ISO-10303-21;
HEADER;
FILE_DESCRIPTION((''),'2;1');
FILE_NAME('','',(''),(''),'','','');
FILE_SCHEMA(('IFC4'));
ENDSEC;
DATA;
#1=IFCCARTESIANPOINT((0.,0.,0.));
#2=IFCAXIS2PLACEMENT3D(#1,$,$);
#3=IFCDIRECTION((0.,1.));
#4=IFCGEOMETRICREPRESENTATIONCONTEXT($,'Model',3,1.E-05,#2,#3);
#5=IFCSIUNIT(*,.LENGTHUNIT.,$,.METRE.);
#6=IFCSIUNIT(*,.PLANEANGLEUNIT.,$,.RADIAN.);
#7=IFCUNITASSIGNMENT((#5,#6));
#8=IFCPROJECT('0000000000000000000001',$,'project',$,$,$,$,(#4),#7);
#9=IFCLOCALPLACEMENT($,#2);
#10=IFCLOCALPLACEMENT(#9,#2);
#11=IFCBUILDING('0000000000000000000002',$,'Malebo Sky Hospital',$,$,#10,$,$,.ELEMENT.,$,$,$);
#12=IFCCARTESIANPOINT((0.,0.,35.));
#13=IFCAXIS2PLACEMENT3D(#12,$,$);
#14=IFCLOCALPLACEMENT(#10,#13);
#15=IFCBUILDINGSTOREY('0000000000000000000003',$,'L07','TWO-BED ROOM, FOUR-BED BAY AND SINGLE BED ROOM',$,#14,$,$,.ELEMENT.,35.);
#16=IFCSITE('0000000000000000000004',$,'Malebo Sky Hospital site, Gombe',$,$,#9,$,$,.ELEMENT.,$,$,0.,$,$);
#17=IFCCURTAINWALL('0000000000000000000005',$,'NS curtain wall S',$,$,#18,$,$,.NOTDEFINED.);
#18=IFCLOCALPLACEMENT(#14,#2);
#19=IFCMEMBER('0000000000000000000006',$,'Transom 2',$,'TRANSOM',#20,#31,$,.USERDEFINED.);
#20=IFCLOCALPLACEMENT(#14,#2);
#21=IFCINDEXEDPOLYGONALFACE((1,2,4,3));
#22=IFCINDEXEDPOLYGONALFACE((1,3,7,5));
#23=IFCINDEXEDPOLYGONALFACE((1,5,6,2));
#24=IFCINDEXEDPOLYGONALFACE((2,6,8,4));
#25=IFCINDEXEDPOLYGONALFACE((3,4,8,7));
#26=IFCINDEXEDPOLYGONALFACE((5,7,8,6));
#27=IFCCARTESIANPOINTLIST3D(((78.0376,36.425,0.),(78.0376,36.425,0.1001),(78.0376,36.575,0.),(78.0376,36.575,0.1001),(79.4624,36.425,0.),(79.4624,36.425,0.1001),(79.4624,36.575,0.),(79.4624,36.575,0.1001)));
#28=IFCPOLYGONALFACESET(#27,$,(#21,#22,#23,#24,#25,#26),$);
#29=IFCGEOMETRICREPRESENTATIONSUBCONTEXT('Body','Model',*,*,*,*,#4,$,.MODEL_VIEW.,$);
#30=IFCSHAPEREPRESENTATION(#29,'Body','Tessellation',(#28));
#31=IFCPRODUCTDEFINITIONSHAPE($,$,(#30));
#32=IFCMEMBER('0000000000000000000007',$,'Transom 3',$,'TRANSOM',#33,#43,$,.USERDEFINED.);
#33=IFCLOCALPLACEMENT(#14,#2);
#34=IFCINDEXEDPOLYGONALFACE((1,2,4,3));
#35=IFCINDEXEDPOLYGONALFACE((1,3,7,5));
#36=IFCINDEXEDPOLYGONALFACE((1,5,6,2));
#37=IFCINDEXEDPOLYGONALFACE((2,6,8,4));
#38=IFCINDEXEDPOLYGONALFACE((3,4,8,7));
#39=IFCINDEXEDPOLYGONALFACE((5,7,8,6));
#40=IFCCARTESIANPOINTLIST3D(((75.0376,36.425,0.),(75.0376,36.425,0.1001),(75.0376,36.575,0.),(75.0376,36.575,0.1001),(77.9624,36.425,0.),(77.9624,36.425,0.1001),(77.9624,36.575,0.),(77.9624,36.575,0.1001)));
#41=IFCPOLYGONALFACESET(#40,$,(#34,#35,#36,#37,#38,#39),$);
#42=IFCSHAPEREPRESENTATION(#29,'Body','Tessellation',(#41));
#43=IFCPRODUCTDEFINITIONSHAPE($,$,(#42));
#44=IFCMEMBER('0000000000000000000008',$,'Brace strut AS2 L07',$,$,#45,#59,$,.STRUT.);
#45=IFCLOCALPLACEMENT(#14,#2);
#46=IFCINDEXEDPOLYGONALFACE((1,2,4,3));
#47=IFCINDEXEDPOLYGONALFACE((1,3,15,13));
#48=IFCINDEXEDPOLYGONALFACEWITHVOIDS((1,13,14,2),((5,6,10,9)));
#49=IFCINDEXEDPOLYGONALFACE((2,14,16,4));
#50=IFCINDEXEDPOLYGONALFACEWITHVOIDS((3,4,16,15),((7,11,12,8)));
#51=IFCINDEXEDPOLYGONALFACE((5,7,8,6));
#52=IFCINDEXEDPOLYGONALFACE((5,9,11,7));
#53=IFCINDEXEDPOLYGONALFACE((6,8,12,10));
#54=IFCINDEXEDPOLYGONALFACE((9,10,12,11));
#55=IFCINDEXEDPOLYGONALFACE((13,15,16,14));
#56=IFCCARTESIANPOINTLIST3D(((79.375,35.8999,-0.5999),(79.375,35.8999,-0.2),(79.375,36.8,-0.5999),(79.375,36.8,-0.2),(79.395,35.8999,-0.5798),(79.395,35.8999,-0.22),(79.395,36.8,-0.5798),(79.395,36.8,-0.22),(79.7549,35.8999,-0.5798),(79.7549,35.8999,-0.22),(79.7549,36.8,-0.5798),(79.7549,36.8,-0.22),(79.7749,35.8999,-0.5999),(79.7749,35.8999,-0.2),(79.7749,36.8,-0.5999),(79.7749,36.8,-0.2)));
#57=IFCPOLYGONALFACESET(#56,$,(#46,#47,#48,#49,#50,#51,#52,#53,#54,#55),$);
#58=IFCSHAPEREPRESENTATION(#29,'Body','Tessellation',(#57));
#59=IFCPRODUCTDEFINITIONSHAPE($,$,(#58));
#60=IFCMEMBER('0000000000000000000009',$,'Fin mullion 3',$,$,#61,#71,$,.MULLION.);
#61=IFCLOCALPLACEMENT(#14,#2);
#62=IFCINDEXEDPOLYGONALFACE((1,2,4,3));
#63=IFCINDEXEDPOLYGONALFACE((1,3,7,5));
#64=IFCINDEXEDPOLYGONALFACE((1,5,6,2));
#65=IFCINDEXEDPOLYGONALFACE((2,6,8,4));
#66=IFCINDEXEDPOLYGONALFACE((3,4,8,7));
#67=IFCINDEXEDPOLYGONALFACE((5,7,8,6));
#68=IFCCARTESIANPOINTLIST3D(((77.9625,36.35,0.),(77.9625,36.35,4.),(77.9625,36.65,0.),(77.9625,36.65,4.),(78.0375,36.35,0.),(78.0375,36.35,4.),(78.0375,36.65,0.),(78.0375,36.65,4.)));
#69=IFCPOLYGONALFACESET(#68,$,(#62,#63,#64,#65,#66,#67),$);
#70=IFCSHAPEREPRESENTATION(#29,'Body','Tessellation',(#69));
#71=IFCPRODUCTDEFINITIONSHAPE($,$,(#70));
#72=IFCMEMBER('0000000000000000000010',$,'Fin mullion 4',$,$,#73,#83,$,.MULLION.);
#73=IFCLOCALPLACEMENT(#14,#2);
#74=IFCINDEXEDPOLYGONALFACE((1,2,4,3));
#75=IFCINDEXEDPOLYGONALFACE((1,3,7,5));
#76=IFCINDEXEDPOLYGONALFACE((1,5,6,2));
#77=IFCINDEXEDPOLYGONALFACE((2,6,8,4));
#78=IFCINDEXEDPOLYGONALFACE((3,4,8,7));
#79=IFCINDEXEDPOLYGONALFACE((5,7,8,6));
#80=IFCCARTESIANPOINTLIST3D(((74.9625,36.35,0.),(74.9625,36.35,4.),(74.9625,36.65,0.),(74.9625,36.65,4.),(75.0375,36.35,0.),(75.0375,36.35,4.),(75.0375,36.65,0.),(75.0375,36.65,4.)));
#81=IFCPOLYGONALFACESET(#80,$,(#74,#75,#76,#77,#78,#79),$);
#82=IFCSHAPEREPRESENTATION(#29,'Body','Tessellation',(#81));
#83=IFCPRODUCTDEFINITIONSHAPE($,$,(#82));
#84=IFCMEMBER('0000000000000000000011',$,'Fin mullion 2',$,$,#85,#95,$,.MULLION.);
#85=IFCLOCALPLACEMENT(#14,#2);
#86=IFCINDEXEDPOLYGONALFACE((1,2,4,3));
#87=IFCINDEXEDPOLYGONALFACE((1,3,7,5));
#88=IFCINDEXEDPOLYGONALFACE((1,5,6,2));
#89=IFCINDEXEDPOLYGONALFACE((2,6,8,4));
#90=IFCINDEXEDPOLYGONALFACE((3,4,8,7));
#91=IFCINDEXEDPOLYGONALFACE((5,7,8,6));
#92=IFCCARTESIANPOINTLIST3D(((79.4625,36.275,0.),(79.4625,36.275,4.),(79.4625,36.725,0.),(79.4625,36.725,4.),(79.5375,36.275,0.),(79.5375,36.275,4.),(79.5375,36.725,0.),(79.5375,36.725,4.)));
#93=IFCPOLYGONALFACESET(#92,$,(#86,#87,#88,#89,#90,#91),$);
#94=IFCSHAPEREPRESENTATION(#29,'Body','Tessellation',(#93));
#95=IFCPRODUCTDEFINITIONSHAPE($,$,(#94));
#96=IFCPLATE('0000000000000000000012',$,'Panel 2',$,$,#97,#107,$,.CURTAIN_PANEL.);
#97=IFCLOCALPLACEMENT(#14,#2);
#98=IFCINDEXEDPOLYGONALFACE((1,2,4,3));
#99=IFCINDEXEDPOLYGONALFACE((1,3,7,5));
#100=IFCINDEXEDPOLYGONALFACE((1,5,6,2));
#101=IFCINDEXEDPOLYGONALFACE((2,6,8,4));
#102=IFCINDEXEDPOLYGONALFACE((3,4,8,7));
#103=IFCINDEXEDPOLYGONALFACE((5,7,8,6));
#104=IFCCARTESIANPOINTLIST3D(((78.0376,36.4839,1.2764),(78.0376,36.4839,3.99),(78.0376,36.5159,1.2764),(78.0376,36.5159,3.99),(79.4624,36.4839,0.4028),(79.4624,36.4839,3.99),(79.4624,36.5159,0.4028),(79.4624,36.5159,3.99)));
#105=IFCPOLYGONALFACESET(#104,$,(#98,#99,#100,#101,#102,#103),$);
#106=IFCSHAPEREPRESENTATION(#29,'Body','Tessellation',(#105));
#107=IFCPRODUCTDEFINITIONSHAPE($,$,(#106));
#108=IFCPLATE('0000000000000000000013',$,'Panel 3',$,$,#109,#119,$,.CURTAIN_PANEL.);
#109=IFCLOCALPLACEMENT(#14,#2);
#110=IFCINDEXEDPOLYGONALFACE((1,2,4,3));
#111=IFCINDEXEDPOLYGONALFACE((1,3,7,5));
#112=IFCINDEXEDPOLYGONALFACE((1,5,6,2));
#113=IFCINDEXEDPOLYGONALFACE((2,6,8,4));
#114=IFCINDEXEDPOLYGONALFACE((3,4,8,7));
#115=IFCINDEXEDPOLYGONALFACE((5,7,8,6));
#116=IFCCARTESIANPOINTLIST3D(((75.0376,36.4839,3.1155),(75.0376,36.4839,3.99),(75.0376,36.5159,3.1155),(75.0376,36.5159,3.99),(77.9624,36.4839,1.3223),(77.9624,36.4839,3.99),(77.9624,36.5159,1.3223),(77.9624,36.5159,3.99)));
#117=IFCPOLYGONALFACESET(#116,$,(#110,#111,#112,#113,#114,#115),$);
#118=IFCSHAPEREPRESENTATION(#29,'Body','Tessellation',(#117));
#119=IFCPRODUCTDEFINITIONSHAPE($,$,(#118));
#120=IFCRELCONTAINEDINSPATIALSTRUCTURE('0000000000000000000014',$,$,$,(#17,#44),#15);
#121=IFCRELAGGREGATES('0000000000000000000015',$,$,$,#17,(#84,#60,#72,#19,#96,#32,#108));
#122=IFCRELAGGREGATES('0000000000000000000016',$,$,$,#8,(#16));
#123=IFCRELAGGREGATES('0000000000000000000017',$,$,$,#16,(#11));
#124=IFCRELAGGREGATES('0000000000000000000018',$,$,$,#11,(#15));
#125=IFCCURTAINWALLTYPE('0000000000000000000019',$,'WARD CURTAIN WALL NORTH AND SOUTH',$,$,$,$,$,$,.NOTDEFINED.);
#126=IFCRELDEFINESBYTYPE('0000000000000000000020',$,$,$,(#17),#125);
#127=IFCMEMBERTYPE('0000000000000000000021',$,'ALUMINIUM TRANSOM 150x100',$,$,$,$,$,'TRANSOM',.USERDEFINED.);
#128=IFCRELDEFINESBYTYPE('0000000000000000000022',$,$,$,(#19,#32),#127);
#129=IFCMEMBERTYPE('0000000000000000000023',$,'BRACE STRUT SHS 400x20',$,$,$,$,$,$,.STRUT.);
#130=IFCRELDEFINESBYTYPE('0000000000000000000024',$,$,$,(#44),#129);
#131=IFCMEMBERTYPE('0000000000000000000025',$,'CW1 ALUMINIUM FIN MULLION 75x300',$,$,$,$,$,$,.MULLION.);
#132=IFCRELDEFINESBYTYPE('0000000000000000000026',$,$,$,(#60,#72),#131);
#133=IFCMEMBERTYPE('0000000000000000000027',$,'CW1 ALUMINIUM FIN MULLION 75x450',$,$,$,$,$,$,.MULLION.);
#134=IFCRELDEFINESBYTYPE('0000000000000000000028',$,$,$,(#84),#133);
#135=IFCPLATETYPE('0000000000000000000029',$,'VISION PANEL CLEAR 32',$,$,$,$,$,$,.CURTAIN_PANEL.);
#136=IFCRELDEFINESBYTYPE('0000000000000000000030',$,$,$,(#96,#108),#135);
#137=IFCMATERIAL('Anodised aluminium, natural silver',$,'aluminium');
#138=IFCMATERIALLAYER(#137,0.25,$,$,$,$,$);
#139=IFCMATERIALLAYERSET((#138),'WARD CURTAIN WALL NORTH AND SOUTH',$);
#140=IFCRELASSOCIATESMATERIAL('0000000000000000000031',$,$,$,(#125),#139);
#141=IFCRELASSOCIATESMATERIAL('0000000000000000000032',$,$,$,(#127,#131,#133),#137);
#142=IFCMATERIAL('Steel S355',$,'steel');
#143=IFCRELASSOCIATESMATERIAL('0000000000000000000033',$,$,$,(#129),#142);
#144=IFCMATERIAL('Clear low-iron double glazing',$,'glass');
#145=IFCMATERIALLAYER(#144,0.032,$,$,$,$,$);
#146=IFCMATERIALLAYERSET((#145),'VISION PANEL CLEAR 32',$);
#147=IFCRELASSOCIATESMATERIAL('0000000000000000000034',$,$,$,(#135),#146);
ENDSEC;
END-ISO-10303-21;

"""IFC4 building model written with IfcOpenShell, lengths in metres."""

from ifc_helpers import new_model, si_unit, direction, frame, origin, origin_2d, place, context, subcontext, project, spatial, polyline, rectangle, hollow_rectangle, outline, extrude, material, layer, layer_set, material_profile, profile_set, type_object, element, aggregate, save


model = new_model("IFC4")

# Units and contexts
model_context = context("Model", 3, precision=1e-05, world=origin(), true_north=direction((0.0, 1.0)))
body_context = subcontext(model_context, "Body", "Model", "MODEL_VIEW")
ifc_project = project(units=[si_unit("LENGTHUNIT", "METRE"), si_unit("PLANEANGLEUNIT", "RADIAN")], contexts=[model_context])

# Site, building, storey
site_placement = place(None, origin())
site = spatial("IfcSite", under=ifc_project, at=site_placement, Name="Malebo Sky Hospital site, Gombe", CompositionType="ELEMENT", RefElevation=0.0)
building_placement = place(site_placement, origin())
building = spatial("IfcBuilding", under=site, at=building_placement, Name="Malebo Sky Hospital", CompositionType="ELEMENT")
storey_placement = place(building_placement, frame((0.0, 0.0, 35.0)))
storey = spatial("IfcBuildingStorey", under=building, at=storey_placement, Name="L07", Description="TWO-BED ROOM, FOUR-BED BAY AND SINGLE BED ROOM", CompositionType="ELEMENT", Elevation=35.0)

# Curtain wall, members
ifc_material_1 = material(Name="Anodised aluminium, natural silver", Category="aluminium")
ifc_layer_1 = layer(ifc_material_1, 0.25)
ifc_layer_set_1 = layer_set([ifc_layer_1], Name="WARD CURTAIN WALL NORTH AND SOUTH")
curtain_wall_type = type_object("IfcCurtainWallType", Name="WARD CURTAIN WALL NORTH AND SOUTH", PredefinedType="NOTDEFINED", material=ifc_layer_set_1)
curtain_wall_placement = place(storey_placement, origin())
curtain_wall = element("IfcCurtainWall", 1, at=curtain_wall_placement, inside=storey, type_object=curtain_wall_type, Name="NS curtain wall S", PredefinedType="NOTDEFINED")
ifc_material_profile_1 = material_profile(ifc_material_1, rectangle(XDim=0.1499, YDim=0.1001, at=origin_2d()), Name="ALUMINIUM TRANSOM 150x100")
ifc_profile_set_1 = profile_set([ifc_material_profile_1], Name="Anodised aluminium, natural silver")
member_type_1 = type_object("IfcMemberType", Name="ALUMINIUM TRANSOM 150x100", ElementType="TRANSOM", PredefinedType="USERDEFINED", material=ifc_profile_set_1)
member_1_placement = place(storey_placement, frame((79.4624, 36.5, 0.05), z_axis=(-1.0, 0.0, 0.0), x_axis=(0.0, -1.0, 0.0)))
member_1 = element("IfcMember", 2, at=member_1_placement, type_object=member_type_1, Name="Transom 2", ObjectType="TRANSOM", PredefinedType="USERDEFINED", context=body_context, shape_type="SweptSolid", body=[
    extrude(rectangle(XDim=0.1499, YDim=0.1001, at=origin_2d()), origin(), (0.0, 0.0, 1.0), 1.4248),
])
member_2_placement = place(storey_placement, frame((77.9624, 36.5, 0.05), z_axis=(-1.0, 0.0, 0.0), x_axis=(0.0, -1.0, 0.0)))
member_2 = element("IfcMember", 3, at=member_2_placement, type_object=member_type_1, Name="Transom 3", ObjectType="TRANSOM", PredefinedType="USERDEFINED", context=body_context, shape_type="SweptSolid", body=[
    extrude(rectangle(XDim=0.1499, YDim=0.1001, at=origin_2d()), origin(), (0.0, 0.0, 1.0), 2.9248),
])

# Members
ifc_material_2 = material(Name="Steel S355", Category="steel")
ifc_material_profile_2 = material_profile(ifc_material_2, hollow_rectangle(XDim=0.3999, YDim=0.3999, WallThickness=0.02, at=origin_2d()), Name="SHS 400x20")
ifc_profile_set_2 = profile_set([ifc_material_profile_2], Name="Steel S355")
member_type_2 = type_object("IfcMemberType", Name="BRACE STRUT SHS 400x20", PredefinedType="STRUT", material=ifc_profile_set_2)
member_3_placement = place(storey_placement, frame((79.575, 35.8999, -0.3999), z_axis=(0.0, 1.0, 0.0), x_axis=(-1.0, 0.0, 0.0)))
element("IfcMember", 4, at=member_3_placement, inside=storey, type_object=member_type_2, Name="Brace strut AS2 L07", PredefinedType="STRUT", context=body_context, shape_type="SweptSolid", body=[
    extrude(hollow_rectangle(XDim=0.3999, YDim=0.3999, WallThickness=0.02, at=origin_2d()), origin(), (0.0, 0.0, 1.0), 0.9001),
])
ifc_material_profile_3 = material_profile(ifc_material_1, rectangle(XDim=0.075, YDim=0.3, at=origin_2d()), Name="CW1 ALUMINIUM FIN MULLION 75x300")
ifc_profile_set_3 = profile_set([ifc_material_profile_3], Name="Anodised aluminium, natural silver")
member_type_3 = type_object("IfcMemberType", Name="CW1 ALUMINIUM FIN MULLION 75x300", PredefinedType="MULLION", material=ifc_profile_set_3)
member_4_placement = place(storey_placement, frame((78.0, 36.5, 0.0), z_axis=(0.0, 0.0, 1.0), x_axis=(-1.0, 0.0, 0.0)))
member_4 = element("IfcMember", 5, at=member_4_placement, type_object=member_type_3, Name="Fin mullion 3", PredefinedType="MULLION", context=body_context, shape_type="SweptSolid", body=[
    extrude(rectangle(XDim=0.075, YDim=0.3, at=origin_2d()), origin(), (0.0, 0.0, 1.0), 4.0),
])
member_5_placement = place(storey_placement, frame((75.0, 36.5, 0.0), z_axis=(0.0, 0.0, 1.0), x_axis=(-1.0, 0.0, 0.0)))
member_5 = element("IfcMember", 6, at=member_5_placement, type_object=member_type_3, Name="Fin mullion 4", PredefinedType="MULLION", context=body_context, shape_type="SweptSolid", body=[
    extrude(rectangle(XDim=0.075, YDim=0.3, at=origin_2d()), origin(), (0.0, 0.0, 1.0), 4.0),
])
ifc_material_profile_4 = material_profile(ifc_material_1, rectangle(XDim=0.075, YDim=0.45, at=origin_2d()), Name="CW1 ALUMINIUM FIN MULLION 75x450")
ifc_profile_set_4 = profile_set([ifc_material_profile_4], Name="Anodised aluminium, natural silver")
member_type_4 = type_object("IfcMemberType", Name="CW1 ALUMINIUM FIN MULLION 75x450", PredefinedType="MULLION", material=ifc_profile_set_4)
member_6_placement = place(storey_placement, frame((79.5, 36.5, 0.0), z_axis=(0.0, 0.0, 1.0), x_axis=(-1.0, 0.0, 0.0)))
member_6 = element("IfcMember", 7, at=member_6_placement, type_object=member_type_4, Name="Fin mullion 2", PredefinedType="MULLION", context=body_context, shape_type="SweptSolid", body=[
    extrude(rectangle(XDim=0.075, YDim=0.45, at=origin_2d()), origin(), (0.0, 0.0, 1.0), 4.0),
])

# Plates
ifc_material_3 = material(Name="Clear low-iron double glazing", Category="glass")
ifc_layer_2 = layer(ifc_material_3, 0.032)
ifc_layer_set_2 = layer_set([ifc_layer_2], Name="VISION PANEL CLEAR 32")
plate_type = type_object("IfcPlateType", Name="VISION PANEL CLEAR 32", PredefinedType="CURTAIN_PANEL", material=ifc_layer_set_2)
plate_1_placement = place(storey_placement, frame((78.75, 36.5, 0.4028), z_axis=(0.0, 0.0, 1.0), x_axis=(-1.0, 0.0, 0.0)))
plate_1 = element("IfcPlate", 8, at=plate_1_placement, type_object=plate_type, Name="Panel 2", PredefinedType="CURTAIN_PANEL", context=body_context, shape_type="SweptSolid", body=[
    extrude(outline(polyline([(-0.7124, 0.0), (0.7124, 0.8735), (0.7124, 3.5872), (-0.7124, 3.5872), (-0.7124, 0.0)])), frame((0.0, 0.0161, 0.0), z_axis=(0.0, -1.0, 0.0), x_axis=(1.0, 0.0, 0.0)), (0.0, 0.0, 1.0), 0.032),
])
plate_2_placement = place(storey_placement, frame((76.5, 36.5, 1.3223), z_axis=(0.0, 0.0, 1.0), x_axis=(-1.0, 0.0, 0.0)))
plate_2 = element("IfcPlate", 9, at=plate_2_placement, type_object=plate_type, Name="Panel 3", PredefinedType="CURTAIN_PANEL", context=body_context, shape_type="SweptSolid", body=[
    extrude(outline(polyline([(-1.4624, 0.0), (1.4624, 1.7932), (1.4624, 2.6677), (-1.4624, 2.6677), (-1.4624, 0.0)])), frame((0.0, 0.0161, 0.0), z_axis=(0.0, -1.0, 0.0), x_axis=(1.0, 0.0, 0.0)), (0.0, 0.0, 1.0), 0.032),
])
aggregate(curtain_wall, [member_6, member_4, member_5, member_1, plate_1, member_2, plate_2])

save(model, "model.ifc")
